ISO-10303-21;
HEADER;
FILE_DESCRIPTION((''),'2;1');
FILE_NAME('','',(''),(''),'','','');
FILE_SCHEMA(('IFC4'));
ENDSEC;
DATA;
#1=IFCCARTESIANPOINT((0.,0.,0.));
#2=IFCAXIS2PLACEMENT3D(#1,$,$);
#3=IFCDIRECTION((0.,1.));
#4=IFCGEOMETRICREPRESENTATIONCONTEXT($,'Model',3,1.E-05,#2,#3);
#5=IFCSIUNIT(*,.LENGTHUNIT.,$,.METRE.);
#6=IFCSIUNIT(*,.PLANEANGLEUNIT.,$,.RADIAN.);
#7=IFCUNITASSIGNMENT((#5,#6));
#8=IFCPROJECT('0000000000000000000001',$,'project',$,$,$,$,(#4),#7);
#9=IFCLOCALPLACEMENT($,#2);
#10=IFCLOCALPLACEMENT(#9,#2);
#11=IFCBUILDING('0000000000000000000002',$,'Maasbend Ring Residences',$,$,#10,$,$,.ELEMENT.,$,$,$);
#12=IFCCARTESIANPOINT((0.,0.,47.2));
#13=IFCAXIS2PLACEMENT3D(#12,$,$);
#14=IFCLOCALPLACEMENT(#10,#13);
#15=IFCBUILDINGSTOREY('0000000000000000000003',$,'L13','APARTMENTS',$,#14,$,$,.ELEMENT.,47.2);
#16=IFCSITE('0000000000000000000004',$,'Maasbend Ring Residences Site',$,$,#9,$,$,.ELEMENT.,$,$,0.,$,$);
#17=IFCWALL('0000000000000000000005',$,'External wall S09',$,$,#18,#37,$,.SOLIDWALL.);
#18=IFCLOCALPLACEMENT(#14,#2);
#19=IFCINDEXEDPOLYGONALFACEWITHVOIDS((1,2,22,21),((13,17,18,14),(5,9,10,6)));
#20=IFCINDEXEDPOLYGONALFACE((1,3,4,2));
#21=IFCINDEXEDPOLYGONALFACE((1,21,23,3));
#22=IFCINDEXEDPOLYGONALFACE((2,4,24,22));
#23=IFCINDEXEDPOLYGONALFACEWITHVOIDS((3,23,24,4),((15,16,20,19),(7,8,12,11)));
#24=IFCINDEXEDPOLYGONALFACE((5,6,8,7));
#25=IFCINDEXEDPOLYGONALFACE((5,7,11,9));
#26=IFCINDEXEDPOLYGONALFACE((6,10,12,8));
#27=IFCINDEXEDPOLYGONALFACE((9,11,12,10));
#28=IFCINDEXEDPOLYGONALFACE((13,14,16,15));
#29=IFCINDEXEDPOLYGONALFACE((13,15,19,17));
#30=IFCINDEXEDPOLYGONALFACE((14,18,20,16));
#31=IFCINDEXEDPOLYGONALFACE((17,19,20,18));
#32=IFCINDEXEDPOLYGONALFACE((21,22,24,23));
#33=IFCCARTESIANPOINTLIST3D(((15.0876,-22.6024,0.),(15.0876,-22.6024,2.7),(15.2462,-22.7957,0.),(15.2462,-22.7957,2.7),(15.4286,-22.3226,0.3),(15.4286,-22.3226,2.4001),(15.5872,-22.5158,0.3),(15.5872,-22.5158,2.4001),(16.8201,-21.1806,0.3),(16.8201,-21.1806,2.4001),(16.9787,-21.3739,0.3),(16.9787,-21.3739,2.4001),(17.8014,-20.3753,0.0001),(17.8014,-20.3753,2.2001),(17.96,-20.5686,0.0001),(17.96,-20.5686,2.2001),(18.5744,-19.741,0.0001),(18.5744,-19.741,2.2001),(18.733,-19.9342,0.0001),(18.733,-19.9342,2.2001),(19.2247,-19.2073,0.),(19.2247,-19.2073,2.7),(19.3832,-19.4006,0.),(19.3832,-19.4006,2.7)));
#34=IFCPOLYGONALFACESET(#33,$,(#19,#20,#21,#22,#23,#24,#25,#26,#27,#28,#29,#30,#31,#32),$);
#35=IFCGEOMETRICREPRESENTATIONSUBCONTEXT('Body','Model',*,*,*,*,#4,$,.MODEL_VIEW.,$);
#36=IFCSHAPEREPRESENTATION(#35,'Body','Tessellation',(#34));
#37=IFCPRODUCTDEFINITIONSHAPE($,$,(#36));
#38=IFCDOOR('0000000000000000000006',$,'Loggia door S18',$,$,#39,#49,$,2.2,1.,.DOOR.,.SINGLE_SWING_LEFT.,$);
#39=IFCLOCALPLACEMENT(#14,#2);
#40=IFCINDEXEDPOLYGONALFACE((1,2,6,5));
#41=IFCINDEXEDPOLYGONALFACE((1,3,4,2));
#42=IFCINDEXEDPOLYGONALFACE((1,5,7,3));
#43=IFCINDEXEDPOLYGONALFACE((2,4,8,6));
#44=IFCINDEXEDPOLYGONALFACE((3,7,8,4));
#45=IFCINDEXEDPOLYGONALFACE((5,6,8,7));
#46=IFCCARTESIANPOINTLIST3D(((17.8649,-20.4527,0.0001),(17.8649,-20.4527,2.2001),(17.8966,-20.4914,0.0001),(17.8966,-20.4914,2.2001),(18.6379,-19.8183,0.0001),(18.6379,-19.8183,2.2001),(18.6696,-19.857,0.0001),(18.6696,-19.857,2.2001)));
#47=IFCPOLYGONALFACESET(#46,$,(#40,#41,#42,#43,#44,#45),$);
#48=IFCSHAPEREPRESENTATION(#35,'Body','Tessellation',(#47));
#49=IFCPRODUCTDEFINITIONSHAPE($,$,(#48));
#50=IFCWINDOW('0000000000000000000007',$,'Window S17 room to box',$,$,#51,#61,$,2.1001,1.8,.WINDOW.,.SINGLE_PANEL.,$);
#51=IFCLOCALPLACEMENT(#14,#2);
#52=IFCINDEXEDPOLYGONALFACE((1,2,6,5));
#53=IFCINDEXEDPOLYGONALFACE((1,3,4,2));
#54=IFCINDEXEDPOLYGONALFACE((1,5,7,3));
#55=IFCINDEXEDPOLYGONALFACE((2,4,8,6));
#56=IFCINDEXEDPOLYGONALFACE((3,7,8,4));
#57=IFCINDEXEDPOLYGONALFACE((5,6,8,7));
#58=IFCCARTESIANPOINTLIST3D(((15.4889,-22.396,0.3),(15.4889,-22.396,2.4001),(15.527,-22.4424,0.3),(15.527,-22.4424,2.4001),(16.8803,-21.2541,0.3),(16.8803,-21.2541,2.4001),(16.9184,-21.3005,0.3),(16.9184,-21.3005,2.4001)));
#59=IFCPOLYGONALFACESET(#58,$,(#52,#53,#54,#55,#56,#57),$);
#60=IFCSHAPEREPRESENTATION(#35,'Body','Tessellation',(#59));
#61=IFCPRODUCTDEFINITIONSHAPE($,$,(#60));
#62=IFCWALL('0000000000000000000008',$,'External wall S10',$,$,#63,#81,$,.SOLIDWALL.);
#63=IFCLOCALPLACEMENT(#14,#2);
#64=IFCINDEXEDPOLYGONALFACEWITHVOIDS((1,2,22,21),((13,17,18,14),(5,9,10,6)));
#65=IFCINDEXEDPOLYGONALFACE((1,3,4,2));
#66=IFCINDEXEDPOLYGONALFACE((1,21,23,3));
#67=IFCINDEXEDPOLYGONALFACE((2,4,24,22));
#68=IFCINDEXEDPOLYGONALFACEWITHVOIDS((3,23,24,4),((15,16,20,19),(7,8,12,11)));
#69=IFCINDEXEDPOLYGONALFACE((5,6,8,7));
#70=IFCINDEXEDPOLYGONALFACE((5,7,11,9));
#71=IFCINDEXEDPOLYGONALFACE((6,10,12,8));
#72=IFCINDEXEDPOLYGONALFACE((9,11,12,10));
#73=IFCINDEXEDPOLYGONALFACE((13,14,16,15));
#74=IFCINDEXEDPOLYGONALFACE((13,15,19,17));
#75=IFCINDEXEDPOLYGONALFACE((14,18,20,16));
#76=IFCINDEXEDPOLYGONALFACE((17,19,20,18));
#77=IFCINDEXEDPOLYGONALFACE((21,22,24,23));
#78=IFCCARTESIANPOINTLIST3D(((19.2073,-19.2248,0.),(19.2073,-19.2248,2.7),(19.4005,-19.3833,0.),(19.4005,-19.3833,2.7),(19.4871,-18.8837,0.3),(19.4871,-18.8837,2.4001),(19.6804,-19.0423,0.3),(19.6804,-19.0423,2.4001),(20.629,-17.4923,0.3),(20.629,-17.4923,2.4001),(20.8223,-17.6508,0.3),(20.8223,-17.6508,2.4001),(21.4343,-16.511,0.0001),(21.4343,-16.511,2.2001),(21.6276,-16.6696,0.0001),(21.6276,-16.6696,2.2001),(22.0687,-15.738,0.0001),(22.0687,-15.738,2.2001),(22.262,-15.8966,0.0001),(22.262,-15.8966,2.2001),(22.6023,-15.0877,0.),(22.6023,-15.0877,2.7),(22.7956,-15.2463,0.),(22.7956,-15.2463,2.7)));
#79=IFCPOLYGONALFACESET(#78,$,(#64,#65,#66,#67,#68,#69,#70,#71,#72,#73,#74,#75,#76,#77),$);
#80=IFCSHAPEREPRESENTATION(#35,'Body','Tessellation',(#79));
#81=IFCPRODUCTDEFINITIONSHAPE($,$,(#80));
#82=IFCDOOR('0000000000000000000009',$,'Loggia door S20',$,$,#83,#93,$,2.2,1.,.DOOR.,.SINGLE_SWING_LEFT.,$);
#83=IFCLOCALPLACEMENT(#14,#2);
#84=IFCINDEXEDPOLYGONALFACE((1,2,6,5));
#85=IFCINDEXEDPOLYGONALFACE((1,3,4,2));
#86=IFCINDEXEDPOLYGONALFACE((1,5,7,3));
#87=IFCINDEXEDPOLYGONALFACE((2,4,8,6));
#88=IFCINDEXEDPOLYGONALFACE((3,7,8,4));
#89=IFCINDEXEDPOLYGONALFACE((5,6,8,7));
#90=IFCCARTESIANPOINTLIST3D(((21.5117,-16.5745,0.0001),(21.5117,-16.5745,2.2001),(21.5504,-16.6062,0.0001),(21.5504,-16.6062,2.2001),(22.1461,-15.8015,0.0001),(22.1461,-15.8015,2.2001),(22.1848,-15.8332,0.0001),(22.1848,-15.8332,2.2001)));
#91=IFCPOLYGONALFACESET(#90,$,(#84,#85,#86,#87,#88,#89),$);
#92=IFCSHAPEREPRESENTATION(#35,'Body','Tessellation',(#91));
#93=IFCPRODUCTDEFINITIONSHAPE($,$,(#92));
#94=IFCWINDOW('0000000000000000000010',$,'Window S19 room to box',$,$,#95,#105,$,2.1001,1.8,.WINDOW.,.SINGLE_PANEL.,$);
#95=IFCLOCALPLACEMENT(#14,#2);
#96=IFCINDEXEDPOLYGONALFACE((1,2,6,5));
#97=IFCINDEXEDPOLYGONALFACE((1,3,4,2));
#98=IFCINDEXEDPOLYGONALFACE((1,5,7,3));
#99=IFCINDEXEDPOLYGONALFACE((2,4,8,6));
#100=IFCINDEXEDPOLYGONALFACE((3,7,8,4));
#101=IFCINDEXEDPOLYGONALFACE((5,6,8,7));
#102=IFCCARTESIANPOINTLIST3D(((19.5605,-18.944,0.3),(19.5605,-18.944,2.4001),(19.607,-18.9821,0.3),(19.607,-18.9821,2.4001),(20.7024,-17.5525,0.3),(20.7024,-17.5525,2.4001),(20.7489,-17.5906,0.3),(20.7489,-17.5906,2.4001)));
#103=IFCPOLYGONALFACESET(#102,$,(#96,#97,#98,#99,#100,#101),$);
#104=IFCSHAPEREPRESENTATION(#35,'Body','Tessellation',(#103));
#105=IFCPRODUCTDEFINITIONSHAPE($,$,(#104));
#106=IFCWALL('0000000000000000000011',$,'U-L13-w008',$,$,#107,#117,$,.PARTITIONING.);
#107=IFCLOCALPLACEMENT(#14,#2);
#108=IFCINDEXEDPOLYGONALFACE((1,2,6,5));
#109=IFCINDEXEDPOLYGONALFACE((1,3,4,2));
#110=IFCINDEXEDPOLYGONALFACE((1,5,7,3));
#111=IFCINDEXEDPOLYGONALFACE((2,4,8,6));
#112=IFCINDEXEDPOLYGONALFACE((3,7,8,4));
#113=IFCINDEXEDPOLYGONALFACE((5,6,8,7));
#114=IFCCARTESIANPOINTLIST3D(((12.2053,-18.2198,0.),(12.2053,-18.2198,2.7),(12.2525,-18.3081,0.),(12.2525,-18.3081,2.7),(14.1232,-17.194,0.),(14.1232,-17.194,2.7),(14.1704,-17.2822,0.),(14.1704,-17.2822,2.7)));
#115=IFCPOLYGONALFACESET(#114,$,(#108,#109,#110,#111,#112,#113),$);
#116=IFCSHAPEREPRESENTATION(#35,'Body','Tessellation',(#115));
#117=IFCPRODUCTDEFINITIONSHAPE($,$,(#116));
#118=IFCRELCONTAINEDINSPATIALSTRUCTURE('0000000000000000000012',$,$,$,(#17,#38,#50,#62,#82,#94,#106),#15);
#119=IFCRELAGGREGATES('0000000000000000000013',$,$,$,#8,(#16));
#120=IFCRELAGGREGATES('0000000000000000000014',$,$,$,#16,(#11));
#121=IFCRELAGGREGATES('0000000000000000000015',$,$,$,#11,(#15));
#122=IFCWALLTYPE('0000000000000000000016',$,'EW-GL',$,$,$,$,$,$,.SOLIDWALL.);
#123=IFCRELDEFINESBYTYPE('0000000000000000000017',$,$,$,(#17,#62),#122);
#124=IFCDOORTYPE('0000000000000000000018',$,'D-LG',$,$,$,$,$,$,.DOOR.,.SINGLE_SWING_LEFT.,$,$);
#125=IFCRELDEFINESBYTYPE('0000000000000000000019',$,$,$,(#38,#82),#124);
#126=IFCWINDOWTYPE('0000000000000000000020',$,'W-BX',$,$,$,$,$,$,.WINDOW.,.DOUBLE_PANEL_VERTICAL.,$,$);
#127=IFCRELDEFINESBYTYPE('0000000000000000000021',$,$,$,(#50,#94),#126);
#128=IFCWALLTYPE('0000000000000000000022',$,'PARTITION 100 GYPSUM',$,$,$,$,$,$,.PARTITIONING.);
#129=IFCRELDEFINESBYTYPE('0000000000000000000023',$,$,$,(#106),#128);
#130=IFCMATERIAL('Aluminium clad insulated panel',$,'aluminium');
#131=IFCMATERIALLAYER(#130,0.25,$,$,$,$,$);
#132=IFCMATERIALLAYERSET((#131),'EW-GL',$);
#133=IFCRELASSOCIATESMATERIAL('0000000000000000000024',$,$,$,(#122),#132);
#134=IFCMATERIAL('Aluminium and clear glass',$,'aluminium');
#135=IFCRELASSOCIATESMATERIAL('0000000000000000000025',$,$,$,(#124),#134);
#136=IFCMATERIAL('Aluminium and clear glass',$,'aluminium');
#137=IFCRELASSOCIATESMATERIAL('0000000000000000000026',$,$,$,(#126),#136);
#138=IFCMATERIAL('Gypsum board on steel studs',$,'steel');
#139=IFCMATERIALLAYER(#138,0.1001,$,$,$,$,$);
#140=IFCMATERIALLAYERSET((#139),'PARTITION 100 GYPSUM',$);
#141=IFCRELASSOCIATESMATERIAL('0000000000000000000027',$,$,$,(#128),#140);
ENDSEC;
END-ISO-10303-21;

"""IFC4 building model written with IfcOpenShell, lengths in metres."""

from ifc_helpers import new_model, si_unit, direction, frame, frame_2d, origin, place, context, subcontext, project, spatial, rectangle, extrude, material, layer, layer_set, type_object, element, fill, save


model = new_model("IFC4")

# Units and contexts
model_context = context("Model", 3, precision=1e-05, world=origin(), true_north=direction((0.0, 1.0)))
body_context = subcontext(model_context, "Body", "Model", "MODEL_VIEW")
ifc_project = project(units=[si_unit("LENGTHUNIT", "METRE"), si_unit("PLANEANGLEUNIT", "RADIAN")], contexts=[model_context])

# Site, building, storey
site_placement = place(None, origin())
site = spatial("IfcSite", under=ifc_project, at=site_placement, Name="Maasbend Ring Residences Site", CompositionType="ELEMENT", RefElevation=0.0)
building_placement = place(site_placement, origin())
building = spatial("IfcBuilding", under=site, at=building_placement, Name="Maasbend Ring Residences", CompositionType="ELEMENT")
storey_placement = place(building_placement, frame((0.0, 0.0, 47.2)))
storey = spatial("IfcBuildingStorey", under=building, at=storey_placement, Name="L13", Description="APARTMENTS", CompositionType="ELEMENT", Elevation=47.2)

# Walls, openings, doors, windows
ifc_material_1 = material(Name="Aluminium clad insulated panel", Category="aluminium")
ifc_layer_1 = layer(ifc_material_1, 0.25)
ifc_layer_set_1 = layer_set([ifc_layer_1], Name="EW-GL")
wall_type_1 = type_object("IfcWallType", Name="EW-GL", PredefinedType="SOLIDWALL", material=ifc_layer_set_1)
wall_1_placement = place(storey_placement, frame((15.167, -22.699, 0.0), z_axis=(0.0, 0.0, 1.0), x_axis=(0.773019, 0.634382, 0.0)))
wall_1 = element("IfcWall", 1, at=wall_1_placement, inside=storey, type_object=wall_type_1, Name="External wall S09", PredefinedType="SOLIDWALL", context=body_context, shape_type="SweptSolid", body=[
    extrude(rectangle(XDim=5.3518, YDim=0.25, at=frame_2d((2.6758, 0.0))), origin(), (0.0, 0.0, 1.0), 2.7),
])
opening_1_placement = place(wall_1_placement, frame((0.4412, 0.0, 0.3)))
opening_1 = element("IfcOpeningElement", 2, at=opening_1_placement, cuts=wall_1, PredefinedType="OPENING", context=body_context, shape_type="SweptSolid", body=[
    extrude(rectangle(XDim=1.8, YDim=2.1001, at=frame_2d((0.8999, 1.05))), frame((0.0, 0.135, 0.0), z_axis=(0.0, -1.0, 0.0), x_axis=(1.0, 0.0, 0.0)), (0.0, 0.0, 1.0), 0.27),
])
opening_2_placement = place(wall_1_placement, frame((3.5105, 0.0, 0.0)))
opening_2 = element("IfcOpeningElement", 3, at=opening_2_placement, cuts=wall_1, PredefinedType="OPENING", context=body_context, shape_type="SweptSolid", body=[
    extrude(rectangle(XDim=1.0, YDim=2.2, at=frame_2d((0.5, 1.1001))), frame((0.0, 0.135, 0.0), z_axis=(0.0, -1.0, 0.0), x_axis=(1.0, 0.0, 0.0)), (0.0, 0.0, 1.0), 0.27),
])
ifc_material_2 = material(Name="Aluminium and clear glass", Category="aluminium")
door_type = type_object("IfcDoorType", Name="D-LG", OperationType="SINGLE_SWING_LEFT", PredefinedType="DOOR", material=ifc_material_2)
door_1_placement = place(opening_2_placement, origin())
door_1 = element("IfcDoor", 4, at=door_1_placement, inside=storey, type_object=door_type, Name="Loggia door S18", OperationType="SINGLE_SWING_LEFT", OverallHeight=2.2, OverallWidth=1.0, PredefinedType="DOOR", context=body_context, shape_type="SweptSolid", body=[
    extrude(rectangle(XDim=1.0, YDim=2.2, at=frame_2d((0.5, 1.1001))), frame((0.0, 0.0249, 0.0), z_axis=(0.0, -1.0, 0.0), x_axis=(1.0, 0.0, 0.0)), (0.0, 0.0, 1.0), 0.05),
])
fill(opening_2, door_1)
ifc_material_3 = material(Name="Aluminium and clear glass", Category="aluminium")
window_type_1 = type_object("IfcWindowType", Name="W-BX", PartitioningType="DOUBLE_PANEL_VERTICAL", PredefinedType="WINDOW", material=ifc_material_3)
window_1_placement = place(opening_1_placement, origin())
window_1 = element("IfcWindow", 5, at=window_1_placement, inside=storey, type_object=window_type_1, Name="Window S17 room to box", OverallHeight=2.1001, OverallWidth=1.8, PartitioningType="SINGLE_PANEL", PredefinedType="WINDOW", context=body_context, shape_type="SweptSolid", body=[
    extrude(rectangle(XDim=1.8, YDim=2.1001, at=frame_2d((0.8999, 1.05))), frame((0.0, 0.03, 0.0), z_axis=(0.0, -1.0, 0.0), x_axis=(1.0, 0.0, 0.0)), (0.0, 0.0, 1.0), 0.0601),
])
fill(opening_1, window_1)
wall_2_placement = place(storey_placement, frame((19.304, -19.304, 0.0), z_axis=(0.0, 0.0, 1.0), x_axis=(0.634382, 0.773019, 0.0)))
wall_2 = element("IfcWall", 6, at=wall_2_placement, inside=storey, type_object=wall_type_1, Name="External wall S10", PredefinedType="SOLIDWALL", context=body_context, shape_type="SweptSolid", body=[
    extrude(rectangle(XDim=5.3518, YDim=0.25, at=frame_2d((2.6758, 0.0))), origin(), (0.0, 0.0, 1.0), 2.7),
])
opening_3_placement = place(wall_2_placement, frame((0.4412, 0.0, 0.3)))
opening_3 = element("IfcOpeningElement", 7, at=opening_3_placement, cuts=wall_2, PredefinedType="OPENING", context=body_context, shape_type="SweptSolid", body=[
    extrude(rectangle(XDim=1.8, YDim=2.1001, at=frame_2d((0.8999, 1.05))), frame((0.0, 0.135, 0.0), z_axis=(0.0, -1.0, 0.0), x_axis=(1.0, 0.0, 0.0)), (0.0, 0.0, 1.0), 0.27),
])
opening_4_placement = place(wall_2_placement, frame((3.5105, 0.0, 0.0)))
opening_4 = element("IfcOpeningElement", 8, at=opening_4_placement, cuts=wall_2, PredefinedType="OPENING", context=body_context, shape_type="SweptSolid", body=[
    extrude(rectangle(XDim=1.0, YDim=2.2, at=frame_2d((0.5, 1.1001))), frame((0.0, 0.135, 0.0), z_axis=(0.0, -1.0, 0.0), x_axis=(1.0, 0.0, 0.0)), (0.0, 0.0, 1.0), 0.27),
])
door_2_placement = place(opening_4_placement, origin())
door_2 = element("IfcDoor", 9, at=door_2_placement, inside=storey, type_object=door_type, Name="Loggia door S20", OperationType="SINGLE_SWING_LEFT", OverallHeight=2.2, OverallWidth=1.0, PredefinedType="DOOR", context=body_context, shape_type="SweptSolid", body=[
    extrude(rectangle(XDim=1.0, YDim=2.2, at=frame_2d((0.5, 1.1001))), frame((0.0, 0.0249, 0.0), z_axis=(0.0, -1.0, 0.0), x_axis=(1.0, 0.0, 0.0)), (0.0, 0.0, 1.0), 0.05),
])
fill(opening_4, door_2)
window_2_placement = place(opening_3_placement, origin())
window_2 = element("IfcWindow", 10, at=window_2_placement, inside=storey, type_object=window_type_1, Name="Window S19 room to box", OverallHeight=2.1001, OverallWidth=1.8, PartitioningType="SINGLE_PANEL", PredefinedType="WINDOW", context=body_context, shape_type="SweptSolid", body=[
    extrude(rectangle(XDim=1.8, YDim=2.1001, at=frame_2d((0.8999, 1.05))), frame((0.0, 0.03, 0.0), z_axis=(0.0, -1.0, 0.0), x_axis=(1.0, 0.0, 0.0)), (0.0, 0.0, 1.0), 0.0601),
])
fill(opening_3, window_2)

# Wall
ifc_material_4 = material(Name="Gypsum board on steel studs", Category="steel")
ifc_layer_2 = layer(ifc_material_4, 0.1001)
ifc_layer_set_2 = layer_set([ifc_layer_2], Name="PARTITION 100 GYPSUM")
wall_type_2 = type_object("IfcWallType", Name="PARTITION 100 GYPSUM", PredefinedType="PARTITIONING", material=ifc_layer_set_2)
wall_3_placement = place(storey_placement, frame((12.229, -18.2639, 0.0), z_axis=(0.0, 0.0, 1.0), x_axis=(0.881787, 0.471648, 0.0)))
element("IfcWall", 11, at=wall_3_placement, inside=storey, type_object=wall_type_2, Name="U-L13-w008", PredefinedType="PARTITIONING", context=body_context, shape_type="SweptSolid", body=[
    extrude(rectangle(XDim=2.175, YDim=0.1001, at=frame_2d((1.0874, 0.0))), origin(), (0.0, 0.0, 1.0), 2.7),
])

save(model, "model.ifc")
